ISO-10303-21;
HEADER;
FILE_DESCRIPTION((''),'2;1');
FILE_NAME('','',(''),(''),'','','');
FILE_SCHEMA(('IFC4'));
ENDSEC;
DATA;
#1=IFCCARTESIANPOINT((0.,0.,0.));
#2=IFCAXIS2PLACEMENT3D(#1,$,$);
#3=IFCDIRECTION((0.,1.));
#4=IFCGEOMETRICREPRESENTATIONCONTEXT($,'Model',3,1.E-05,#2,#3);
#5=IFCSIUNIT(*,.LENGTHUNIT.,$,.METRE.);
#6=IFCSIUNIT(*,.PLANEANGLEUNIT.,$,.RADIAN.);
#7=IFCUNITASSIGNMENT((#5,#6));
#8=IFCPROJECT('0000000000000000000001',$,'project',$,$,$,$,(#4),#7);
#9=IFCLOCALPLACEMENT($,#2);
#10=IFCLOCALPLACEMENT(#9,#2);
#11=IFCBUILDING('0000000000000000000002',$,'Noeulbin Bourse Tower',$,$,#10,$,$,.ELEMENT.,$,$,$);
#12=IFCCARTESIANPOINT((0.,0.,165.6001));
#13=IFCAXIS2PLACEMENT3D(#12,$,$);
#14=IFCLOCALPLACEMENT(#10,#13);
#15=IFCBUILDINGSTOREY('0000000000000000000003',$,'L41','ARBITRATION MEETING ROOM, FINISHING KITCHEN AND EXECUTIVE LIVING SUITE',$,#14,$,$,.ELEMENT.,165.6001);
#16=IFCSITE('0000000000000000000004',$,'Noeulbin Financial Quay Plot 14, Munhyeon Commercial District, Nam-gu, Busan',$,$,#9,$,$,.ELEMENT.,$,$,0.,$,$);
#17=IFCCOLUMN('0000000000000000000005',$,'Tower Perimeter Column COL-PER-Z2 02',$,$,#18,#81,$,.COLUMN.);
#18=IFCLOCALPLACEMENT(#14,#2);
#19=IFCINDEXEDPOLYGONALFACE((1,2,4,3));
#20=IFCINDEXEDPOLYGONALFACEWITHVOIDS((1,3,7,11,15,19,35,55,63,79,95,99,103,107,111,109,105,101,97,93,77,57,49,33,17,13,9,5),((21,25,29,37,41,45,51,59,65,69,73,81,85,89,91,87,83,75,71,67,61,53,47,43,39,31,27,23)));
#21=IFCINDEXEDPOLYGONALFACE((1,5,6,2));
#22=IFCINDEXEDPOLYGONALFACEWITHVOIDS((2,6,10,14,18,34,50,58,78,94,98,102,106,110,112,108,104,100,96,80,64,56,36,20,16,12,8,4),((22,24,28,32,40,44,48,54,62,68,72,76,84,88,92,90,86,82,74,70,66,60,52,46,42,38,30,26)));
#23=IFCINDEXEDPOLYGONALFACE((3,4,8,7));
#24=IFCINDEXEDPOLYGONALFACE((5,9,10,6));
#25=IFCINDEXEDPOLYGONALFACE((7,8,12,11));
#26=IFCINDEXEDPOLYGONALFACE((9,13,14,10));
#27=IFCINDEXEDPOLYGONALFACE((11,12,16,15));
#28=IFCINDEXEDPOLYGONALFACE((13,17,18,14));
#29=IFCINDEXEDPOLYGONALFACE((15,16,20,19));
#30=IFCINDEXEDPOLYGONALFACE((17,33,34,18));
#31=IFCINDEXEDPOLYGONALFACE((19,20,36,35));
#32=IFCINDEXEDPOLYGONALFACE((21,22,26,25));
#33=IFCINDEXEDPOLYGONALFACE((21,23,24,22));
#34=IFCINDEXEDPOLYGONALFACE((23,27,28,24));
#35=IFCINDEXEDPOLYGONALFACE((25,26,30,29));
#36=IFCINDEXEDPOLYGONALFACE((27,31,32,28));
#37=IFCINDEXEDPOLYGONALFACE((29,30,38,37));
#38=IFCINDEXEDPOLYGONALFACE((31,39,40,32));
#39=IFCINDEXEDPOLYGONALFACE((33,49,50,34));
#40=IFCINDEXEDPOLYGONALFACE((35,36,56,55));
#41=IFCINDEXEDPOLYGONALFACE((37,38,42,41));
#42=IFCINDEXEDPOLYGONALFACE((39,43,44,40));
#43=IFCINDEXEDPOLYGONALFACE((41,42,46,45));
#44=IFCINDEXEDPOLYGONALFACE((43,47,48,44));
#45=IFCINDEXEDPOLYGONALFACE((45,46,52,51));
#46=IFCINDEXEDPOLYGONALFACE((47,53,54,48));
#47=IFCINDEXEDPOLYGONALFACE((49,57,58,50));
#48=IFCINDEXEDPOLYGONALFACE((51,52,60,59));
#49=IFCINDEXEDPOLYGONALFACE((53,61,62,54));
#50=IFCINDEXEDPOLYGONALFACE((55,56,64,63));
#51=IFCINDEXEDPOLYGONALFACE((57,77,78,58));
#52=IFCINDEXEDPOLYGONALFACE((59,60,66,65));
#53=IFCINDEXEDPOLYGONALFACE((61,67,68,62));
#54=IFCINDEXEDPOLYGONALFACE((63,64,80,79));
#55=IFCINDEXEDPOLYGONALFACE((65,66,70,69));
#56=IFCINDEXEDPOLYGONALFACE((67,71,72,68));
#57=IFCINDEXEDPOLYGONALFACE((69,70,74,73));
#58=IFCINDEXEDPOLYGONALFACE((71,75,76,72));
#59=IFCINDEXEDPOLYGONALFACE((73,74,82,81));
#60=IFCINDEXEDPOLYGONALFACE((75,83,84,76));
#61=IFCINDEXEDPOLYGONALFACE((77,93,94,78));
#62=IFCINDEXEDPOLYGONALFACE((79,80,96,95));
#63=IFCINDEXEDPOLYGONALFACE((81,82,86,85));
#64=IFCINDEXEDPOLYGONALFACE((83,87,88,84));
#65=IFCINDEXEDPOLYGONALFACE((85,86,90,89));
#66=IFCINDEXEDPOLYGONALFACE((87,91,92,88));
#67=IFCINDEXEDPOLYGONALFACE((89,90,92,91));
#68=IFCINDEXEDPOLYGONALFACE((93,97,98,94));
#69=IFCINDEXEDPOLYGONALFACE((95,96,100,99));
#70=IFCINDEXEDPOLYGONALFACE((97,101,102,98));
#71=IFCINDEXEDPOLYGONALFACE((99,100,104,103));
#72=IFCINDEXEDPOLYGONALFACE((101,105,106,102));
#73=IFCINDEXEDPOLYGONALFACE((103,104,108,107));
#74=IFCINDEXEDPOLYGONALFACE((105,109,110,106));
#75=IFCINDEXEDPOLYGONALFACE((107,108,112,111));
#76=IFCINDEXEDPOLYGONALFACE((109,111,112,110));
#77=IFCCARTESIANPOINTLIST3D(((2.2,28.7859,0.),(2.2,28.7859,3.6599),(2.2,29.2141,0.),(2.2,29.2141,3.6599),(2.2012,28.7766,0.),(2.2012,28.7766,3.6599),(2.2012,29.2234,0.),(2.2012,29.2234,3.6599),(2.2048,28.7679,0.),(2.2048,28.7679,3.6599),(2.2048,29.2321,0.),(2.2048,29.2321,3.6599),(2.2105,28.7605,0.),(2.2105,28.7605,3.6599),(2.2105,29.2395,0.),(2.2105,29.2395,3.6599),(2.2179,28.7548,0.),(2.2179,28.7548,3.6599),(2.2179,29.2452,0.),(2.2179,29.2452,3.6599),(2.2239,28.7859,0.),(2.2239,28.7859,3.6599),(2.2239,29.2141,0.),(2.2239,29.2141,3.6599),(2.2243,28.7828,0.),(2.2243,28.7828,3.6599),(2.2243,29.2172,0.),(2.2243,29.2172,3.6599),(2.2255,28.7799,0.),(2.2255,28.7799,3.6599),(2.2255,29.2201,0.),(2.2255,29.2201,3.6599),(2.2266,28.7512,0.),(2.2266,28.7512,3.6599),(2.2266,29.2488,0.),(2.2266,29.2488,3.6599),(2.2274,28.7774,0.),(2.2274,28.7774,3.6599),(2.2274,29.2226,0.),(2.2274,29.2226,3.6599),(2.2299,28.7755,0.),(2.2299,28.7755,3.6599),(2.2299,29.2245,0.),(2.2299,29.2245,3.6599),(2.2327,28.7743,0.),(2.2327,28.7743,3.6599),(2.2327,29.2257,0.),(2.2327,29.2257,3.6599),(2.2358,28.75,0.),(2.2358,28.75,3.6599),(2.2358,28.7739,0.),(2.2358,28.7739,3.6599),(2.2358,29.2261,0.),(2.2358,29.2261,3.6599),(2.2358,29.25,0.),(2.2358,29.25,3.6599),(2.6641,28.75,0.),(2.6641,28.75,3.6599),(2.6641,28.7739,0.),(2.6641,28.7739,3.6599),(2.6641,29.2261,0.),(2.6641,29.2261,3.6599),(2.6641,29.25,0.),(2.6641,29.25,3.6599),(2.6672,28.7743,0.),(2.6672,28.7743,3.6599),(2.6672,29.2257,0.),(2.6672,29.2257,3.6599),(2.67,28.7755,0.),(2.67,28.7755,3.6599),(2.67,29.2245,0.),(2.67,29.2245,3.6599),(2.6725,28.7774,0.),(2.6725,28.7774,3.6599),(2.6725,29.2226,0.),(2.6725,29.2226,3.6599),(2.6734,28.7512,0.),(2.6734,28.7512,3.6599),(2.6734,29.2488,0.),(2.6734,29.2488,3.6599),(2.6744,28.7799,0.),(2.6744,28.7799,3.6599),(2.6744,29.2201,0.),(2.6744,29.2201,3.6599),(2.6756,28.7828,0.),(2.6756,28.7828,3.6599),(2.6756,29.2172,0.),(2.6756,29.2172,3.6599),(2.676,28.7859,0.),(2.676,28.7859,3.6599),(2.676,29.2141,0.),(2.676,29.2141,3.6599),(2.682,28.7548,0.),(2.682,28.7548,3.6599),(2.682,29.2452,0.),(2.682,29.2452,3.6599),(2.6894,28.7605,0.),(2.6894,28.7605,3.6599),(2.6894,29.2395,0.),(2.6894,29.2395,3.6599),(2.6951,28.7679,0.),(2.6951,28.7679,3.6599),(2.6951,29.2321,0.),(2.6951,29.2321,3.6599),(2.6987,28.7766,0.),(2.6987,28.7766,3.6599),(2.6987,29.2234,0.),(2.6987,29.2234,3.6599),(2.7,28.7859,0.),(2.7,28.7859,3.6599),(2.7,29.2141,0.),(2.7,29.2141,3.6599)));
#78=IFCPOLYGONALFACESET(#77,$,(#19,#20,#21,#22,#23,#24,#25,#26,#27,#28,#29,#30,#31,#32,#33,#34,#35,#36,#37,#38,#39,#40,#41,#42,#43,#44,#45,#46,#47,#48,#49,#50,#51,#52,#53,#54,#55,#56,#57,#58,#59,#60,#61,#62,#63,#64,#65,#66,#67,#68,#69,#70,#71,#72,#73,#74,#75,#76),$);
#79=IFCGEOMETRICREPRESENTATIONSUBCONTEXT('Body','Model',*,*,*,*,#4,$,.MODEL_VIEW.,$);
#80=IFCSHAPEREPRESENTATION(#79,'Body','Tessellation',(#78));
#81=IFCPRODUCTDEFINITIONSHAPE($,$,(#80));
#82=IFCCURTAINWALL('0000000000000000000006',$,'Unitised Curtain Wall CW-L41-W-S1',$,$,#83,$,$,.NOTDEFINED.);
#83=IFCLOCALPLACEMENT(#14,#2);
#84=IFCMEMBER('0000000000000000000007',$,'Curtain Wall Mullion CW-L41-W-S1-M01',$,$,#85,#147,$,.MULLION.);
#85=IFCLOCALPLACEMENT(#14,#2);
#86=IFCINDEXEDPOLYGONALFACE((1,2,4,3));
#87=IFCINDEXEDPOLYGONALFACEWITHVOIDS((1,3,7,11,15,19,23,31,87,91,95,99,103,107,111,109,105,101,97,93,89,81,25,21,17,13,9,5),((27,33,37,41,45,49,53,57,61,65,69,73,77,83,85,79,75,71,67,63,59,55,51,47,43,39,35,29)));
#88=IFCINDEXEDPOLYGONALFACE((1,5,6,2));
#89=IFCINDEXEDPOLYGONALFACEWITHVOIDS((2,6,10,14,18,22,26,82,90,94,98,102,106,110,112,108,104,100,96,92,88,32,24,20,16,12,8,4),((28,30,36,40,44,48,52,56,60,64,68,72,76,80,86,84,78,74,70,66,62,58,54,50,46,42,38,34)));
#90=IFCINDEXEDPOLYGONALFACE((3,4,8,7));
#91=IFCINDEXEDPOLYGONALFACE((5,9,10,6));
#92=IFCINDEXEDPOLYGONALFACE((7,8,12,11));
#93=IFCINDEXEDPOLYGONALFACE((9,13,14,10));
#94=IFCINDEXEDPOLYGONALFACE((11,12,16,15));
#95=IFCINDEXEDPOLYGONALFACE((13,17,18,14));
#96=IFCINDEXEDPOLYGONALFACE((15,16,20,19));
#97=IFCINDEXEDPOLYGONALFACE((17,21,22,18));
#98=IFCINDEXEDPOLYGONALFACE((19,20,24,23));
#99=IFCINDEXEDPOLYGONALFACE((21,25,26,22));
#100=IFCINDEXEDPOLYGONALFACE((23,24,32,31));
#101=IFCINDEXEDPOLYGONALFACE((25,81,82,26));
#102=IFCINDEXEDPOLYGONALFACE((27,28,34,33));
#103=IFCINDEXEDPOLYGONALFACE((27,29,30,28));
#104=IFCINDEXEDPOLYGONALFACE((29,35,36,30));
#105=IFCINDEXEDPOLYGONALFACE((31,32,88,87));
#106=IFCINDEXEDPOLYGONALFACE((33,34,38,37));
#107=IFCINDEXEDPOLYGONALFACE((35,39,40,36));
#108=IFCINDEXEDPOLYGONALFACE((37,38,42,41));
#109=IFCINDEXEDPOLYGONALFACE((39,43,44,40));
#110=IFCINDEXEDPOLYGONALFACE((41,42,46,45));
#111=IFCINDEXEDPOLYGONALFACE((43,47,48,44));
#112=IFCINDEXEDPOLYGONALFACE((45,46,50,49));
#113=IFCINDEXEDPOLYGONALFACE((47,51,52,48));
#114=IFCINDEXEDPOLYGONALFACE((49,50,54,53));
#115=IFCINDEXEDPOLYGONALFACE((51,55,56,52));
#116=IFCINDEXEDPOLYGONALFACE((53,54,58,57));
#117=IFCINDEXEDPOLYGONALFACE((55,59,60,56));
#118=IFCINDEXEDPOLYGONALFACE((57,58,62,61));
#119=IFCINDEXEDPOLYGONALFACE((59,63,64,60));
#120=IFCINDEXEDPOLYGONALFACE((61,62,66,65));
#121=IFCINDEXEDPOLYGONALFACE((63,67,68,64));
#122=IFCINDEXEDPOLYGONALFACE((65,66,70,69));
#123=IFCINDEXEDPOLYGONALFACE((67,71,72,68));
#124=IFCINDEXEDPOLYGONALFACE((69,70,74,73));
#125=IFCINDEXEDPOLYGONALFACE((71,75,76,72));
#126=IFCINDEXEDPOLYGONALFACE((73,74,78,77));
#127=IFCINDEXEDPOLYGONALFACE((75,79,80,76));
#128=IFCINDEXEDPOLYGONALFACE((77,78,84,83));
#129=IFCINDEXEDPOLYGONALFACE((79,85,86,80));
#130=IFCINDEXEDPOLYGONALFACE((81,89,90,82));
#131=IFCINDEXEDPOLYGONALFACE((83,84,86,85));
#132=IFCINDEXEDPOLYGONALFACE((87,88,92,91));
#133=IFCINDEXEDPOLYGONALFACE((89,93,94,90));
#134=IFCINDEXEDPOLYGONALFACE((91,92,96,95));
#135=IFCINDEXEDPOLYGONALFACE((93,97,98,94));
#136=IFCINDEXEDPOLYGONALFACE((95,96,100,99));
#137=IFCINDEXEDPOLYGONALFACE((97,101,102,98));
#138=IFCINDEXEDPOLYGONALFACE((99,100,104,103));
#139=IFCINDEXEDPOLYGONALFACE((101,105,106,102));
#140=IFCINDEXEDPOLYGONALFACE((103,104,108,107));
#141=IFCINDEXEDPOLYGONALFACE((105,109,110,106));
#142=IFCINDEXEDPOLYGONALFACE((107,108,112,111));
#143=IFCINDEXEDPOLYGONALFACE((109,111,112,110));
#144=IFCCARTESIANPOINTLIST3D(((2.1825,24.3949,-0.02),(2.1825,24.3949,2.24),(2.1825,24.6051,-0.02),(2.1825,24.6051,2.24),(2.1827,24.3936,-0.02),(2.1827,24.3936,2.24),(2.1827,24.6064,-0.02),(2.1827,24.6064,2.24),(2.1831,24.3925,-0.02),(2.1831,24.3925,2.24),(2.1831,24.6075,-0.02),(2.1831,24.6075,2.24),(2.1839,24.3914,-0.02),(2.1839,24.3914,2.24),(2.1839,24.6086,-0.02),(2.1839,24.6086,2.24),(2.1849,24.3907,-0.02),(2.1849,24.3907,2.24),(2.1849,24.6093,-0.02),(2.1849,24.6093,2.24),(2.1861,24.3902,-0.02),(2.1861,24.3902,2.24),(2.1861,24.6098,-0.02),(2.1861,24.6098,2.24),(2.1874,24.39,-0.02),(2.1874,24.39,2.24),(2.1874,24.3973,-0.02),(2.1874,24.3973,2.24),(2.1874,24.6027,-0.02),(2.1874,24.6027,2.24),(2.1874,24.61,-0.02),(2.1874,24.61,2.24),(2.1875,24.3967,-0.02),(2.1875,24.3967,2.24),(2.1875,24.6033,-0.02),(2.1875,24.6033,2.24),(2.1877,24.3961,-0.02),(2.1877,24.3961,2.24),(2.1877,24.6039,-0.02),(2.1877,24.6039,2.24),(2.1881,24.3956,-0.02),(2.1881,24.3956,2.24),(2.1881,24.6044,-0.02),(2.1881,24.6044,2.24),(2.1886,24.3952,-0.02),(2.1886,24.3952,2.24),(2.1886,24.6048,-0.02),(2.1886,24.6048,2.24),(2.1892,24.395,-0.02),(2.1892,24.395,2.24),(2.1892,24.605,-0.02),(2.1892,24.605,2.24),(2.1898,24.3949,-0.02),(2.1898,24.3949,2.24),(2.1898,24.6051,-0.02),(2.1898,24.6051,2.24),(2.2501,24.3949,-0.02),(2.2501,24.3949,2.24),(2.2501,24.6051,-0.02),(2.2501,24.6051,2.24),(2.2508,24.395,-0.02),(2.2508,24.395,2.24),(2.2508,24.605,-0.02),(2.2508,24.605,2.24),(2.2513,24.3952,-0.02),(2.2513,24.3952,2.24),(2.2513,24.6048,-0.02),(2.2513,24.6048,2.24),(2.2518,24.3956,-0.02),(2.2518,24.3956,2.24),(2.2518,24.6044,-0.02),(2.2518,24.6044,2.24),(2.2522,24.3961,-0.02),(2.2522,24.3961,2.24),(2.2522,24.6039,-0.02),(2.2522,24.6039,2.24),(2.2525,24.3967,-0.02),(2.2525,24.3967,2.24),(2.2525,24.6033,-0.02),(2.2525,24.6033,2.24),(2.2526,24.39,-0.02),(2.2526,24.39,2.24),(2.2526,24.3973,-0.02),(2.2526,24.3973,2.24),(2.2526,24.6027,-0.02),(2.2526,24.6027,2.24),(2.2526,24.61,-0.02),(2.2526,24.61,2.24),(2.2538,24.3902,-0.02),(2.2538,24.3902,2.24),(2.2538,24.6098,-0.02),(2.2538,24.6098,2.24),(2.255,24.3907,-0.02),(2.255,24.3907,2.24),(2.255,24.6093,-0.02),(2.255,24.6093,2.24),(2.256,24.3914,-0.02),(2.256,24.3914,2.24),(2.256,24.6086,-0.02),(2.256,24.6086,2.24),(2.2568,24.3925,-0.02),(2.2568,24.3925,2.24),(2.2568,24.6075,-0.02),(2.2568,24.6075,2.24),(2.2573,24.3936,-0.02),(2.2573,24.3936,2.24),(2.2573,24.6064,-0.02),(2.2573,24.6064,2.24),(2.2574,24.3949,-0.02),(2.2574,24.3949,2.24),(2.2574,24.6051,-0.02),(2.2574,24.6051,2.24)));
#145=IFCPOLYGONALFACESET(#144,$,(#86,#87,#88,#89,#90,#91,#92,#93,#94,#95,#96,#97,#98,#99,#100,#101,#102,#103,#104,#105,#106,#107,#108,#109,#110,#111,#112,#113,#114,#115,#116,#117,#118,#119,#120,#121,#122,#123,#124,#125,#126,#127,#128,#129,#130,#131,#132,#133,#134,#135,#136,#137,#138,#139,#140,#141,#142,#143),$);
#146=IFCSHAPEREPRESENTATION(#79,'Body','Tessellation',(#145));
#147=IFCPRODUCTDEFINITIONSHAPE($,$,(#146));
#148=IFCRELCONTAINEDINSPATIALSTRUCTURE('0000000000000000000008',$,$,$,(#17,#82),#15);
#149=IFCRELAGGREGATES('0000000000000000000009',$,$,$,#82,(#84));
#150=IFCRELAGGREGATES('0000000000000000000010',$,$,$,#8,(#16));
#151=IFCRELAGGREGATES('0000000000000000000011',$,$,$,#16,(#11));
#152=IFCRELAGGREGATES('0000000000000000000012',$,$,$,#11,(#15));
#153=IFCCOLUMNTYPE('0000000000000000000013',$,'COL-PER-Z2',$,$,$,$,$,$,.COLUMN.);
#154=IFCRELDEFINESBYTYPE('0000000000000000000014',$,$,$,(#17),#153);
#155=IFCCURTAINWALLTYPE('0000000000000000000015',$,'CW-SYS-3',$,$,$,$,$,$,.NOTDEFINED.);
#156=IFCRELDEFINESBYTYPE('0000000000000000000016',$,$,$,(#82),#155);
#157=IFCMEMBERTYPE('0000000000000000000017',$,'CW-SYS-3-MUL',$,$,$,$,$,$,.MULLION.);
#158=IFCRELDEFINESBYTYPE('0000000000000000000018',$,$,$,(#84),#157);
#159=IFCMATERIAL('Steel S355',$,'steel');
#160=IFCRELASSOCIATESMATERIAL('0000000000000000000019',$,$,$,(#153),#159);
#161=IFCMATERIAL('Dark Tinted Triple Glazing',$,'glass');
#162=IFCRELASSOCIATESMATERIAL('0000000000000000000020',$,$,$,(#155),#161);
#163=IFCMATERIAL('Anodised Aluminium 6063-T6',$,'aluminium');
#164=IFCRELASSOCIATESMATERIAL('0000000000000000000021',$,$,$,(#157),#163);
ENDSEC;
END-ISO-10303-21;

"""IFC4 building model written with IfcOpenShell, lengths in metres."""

from ifc_helpers import new_model, si_unit, direction, frame, origin, origin_2d, place, context, subcontext, project, spatial, hollow_rectangle, extrude, material, material_profile, profile_set, type_object, element, aggregate, save


model = new_model("IFC4")

# Units and contexts
model_context = context("Model", 3, precision=1e-05, world=origin(), true_north=direction((0.0, 1.0)))
body_context = subcontext(model_context, "Body", "Model", "MODEL_VIEW")
ifc_project = project(units=[si_unit("LENGTHUNIT", "METRE"), si_unit("PLANEANGLEUNIT", "RADIAN")], contexts=[model_context])

# Site, building, storey
site_placement = place(None, origin())
site = spatial("IfcSite", under=ifc_project, at=site_placement, Name="Noeulbin Financial Quay Plot 14, Munhyeon Commercial District, Nam-gu, Busan", CompositionType="ELEMENT", RefElevation=0.0)
building_placement = place(site_placement, origin())
building = spatial("IfcBuilding", under=site, at=building_placement, Name="Noeulbin Bourse Tower", CompositionType="ELEMENT")
storey_placement = place(building_placement, frame((0.0, 0.0, 165.6001)))
storey = spatial("IfcBuildingStorey", under=building, at=storey_placement, Name="L41", Description="ARBITRATION MEETING ROOM, FINISHING KITCHEN AND EXECUTIVE LIVING SUITE", CompositionType="ELEMENT", Elevation=165.6001)

# Column
ifc_material_1 = material(Name="Steel S355", Category="steel")
ifc_material_profile_1 = material_profile(ifc_material_1, hollow_rectangle(XDim=0.5, YDim=0.5, WallThickness=0.0239, InnerFilletRadius=0.012, OuterFilletRadius=0.0359, at=origin_2d()), Name="BOX-500x500x24", Category="LoadBearing")
ifc_profile_set_1 = profile_set([ifc_material_profile_1], Name="Steel S355")
column_type = type_object("IfcColumnType", Name="COL-PER-Z2", PredefinedType="COLUMN", material=ifc_profile_set_1)
column_placement = place(storey_placement, frame((2.45, 29.0, 0.0), z_axis=(0.0, 0.0, 1.0), x_axis=(1.0, 0.0, 0.0)))
element("IfcColumn", 1, at=column_placement, inside=storey, type_object=column_type, Name="Tower Perimeter Column COL-PER-Z2 02", PredefinedType="COLUMN", context=body_context, shape_type="SweptSolid", body=[
    extrude(hollow_rectangle(XDim=0.5, YDim=0.5, WallThickness=0.0239, InnerFilletRadius=0.012, OuterFilletRadius=0.0359, at=origin_2d()), origin(), (0.0, 0.0, 1.0), 3.6599),
])

# Curtain wall, member
ifc_material_2 = material(Name="Dark Tinted Triple Glazing", Category="glass")
curtain_wall_type = type_object("IfcCurtainWallType", Name="CW-SYS-3", PredefinedType="NOTDEFINED", material=ifc_material_2)
curtain_wall_1_placement = place(storey_placement, origin())
curtain_wall_1 = element("IfcCurtainWall", 2, at=curtain_wall_1_placement, inside=storey, type_object=curtain_wall_type, Name="Unitised Curtain Wall CW-L41-W-S1", PredefinedType="NOTDEFINED")
ifc_material_3 = material(Name="Anodised Aluminium 6063-T6", Category="aluminium")
ifc_material_profile_2 = material_profile(ifc_material_3, hollow_rectangle(XDim=0.075, YDim=0.22, WallThickness=0.0049, InnerFilletRadius=0.0024, OuterFilletRadius=0.0049, at=origin_2d()), Name="ALU-MULL-75x220x5", Category="LoadBearing")
ifc_profile_set_2 = profile_set([ifc_material_profile_2], Name="Anodised Aluminium 6063-T6")
member_type_1 = type_object("IfcMemberType", Name="CW-SYS-3-MUL", PredefinedType="MULLION", material=ifc_profile_set_2)
member_1_placement = place(storey_placement, frame((2.22, 24.5, -0.02), z_axis=(0.0, 0.0, 1.0), x_axis=(1.0, 0.0, 0.0)))
member_1 = element("IfcMember", 3, at=member_1_placement, type_object=member_type_1, Name="Curtain Wall Mullion CW-L41-W-S1-M01", PredefinedType="MULLION", context=body_context, shape_type="SweptSolid", body=[
    extrude(hollow_rectangle(XDim=0.075, YDim=0.22, WallThickness=0.0049, InnerFilletRadius=0.0024, OuterFilletRadius=0.0049, at=origin_2d()), origin(), (0.0, 0.0, 1.0), 2.26),
])

aggregate(curtain_wall_1, [member_1])

save(model, "model.ifc")
